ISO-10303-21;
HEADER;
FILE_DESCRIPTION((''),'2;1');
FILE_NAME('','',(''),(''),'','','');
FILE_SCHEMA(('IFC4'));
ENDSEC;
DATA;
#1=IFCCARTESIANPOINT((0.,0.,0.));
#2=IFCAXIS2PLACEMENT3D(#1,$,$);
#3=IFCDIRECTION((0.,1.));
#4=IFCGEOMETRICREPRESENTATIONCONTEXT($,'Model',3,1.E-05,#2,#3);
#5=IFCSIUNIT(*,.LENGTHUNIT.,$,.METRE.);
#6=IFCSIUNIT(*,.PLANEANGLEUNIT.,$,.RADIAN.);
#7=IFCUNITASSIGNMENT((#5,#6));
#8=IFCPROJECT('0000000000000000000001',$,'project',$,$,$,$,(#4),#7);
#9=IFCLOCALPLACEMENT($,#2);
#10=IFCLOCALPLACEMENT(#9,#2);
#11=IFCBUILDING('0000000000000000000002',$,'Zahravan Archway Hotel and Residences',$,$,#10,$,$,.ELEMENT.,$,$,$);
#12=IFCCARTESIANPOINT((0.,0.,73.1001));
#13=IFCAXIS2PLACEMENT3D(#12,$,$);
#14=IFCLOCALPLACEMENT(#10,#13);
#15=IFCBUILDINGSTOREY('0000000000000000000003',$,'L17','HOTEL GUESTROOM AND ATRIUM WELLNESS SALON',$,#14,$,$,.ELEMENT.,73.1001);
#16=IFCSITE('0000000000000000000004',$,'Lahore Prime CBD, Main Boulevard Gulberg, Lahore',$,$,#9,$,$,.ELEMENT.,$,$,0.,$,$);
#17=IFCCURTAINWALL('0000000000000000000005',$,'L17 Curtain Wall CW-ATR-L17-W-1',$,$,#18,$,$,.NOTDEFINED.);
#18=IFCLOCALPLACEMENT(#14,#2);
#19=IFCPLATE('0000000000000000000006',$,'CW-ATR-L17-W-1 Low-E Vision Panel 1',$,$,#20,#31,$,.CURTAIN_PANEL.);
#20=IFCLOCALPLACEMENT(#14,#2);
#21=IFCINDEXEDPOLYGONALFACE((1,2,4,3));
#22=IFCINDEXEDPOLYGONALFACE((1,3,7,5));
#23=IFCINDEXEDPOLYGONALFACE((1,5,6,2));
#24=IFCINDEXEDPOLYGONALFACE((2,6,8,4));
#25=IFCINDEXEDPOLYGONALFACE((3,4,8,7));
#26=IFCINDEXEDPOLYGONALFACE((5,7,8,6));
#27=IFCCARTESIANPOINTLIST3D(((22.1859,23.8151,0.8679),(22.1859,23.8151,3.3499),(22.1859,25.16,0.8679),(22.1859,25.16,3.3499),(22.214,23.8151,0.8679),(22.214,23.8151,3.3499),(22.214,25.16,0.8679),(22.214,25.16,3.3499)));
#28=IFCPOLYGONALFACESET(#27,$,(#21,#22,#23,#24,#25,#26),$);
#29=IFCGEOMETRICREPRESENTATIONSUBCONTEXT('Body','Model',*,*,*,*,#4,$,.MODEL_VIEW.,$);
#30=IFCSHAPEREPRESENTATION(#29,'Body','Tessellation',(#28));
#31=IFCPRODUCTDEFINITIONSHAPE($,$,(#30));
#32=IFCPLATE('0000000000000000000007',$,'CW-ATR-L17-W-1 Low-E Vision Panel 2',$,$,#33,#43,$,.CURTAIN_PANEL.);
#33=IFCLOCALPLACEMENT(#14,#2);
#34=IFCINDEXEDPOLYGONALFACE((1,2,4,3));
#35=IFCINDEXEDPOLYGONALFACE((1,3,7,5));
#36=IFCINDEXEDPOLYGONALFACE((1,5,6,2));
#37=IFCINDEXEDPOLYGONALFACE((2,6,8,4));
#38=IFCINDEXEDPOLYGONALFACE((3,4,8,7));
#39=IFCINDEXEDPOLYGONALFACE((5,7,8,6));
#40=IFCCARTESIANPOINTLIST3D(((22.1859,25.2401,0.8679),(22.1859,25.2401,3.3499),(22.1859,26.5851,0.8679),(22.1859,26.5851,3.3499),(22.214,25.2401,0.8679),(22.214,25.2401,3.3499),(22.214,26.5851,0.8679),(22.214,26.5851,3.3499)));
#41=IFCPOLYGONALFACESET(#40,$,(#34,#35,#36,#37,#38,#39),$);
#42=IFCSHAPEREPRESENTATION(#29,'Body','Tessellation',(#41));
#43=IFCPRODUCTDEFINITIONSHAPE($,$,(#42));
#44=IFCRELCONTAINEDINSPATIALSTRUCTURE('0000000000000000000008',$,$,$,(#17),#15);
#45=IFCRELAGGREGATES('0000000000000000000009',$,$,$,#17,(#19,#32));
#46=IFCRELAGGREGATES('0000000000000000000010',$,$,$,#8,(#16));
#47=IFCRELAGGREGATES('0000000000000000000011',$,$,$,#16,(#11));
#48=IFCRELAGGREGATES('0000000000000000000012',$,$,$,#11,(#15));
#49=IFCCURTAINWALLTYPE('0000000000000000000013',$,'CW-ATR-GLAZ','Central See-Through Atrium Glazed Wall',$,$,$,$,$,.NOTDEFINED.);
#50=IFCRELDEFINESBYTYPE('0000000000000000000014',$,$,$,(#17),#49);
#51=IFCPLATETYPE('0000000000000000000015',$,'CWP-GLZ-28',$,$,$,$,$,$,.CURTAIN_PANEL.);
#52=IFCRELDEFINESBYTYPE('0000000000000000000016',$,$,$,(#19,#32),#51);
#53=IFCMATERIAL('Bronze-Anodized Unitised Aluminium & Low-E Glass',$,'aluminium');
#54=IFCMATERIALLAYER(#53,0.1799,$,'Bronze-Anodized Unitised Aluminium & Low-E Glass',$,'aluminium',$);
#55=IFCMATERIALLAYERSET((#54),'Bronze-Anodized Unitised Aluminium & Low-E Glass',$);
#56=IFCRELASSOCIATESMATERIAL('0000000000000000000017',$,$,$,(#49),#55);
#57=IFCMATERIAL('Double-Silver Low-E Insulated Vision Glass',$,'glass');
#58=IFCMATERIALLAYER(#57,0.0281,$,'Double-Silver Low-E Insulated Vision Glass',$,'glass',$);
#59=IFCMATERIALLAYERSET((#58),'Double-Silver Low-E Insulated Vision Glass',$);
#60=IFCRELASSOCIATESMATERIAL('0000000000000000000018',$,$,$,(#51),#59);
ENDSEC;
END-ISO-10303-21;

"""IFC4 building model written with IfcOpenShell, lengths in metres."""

from ifc_helpers import new_model, si_unit, direction, frame, origin, origin_2d, place, context, subcontext, project, spatial, rectangle, extrude, source, transform, mapped, material, layer, layer_set, type_object, element, aggregate, save


model = new_model("IFC4")

# Units and contexts
model_context = context("Model", 3, precision=1e-05, world=origin(), true_north=direction((0.0, 1.0)))
body_context = subcontext(model_context, "Body", "Model", "MODEL_VIEW")
ifc_project = project(units=[si_unit("LENGTHUNIT", "METRE"), si_unit("PLANEANGLEUNIT", "RADIAN")], contexts=[model_context])

# Site, building, storey
site_placement = place(None, origin())
site = spatial("IfcSite", under=ifc_project, at=site_placement, Name="Lahore Prime CBD, Main Boulevard Gulberg, Lahore", CompositionType="ELEMENT", RefElevation=0.0)
building_placement = place(site_placement, origin())
building = spatial("IfcBuilding", under=site, at=building_placement, Name="Zahravan Archway Hotel and Residences", CompositionType="ELEMENT")
storey_placement = place(building_placement, frame((0.0, 0.0, 73.1001)))
storey = spatial("IfcBuildingStorey", under=building, at=storey_placement, Name="L17", Description="HOTEL GUESTROOM AND ATRIUM WELLNESS SALON", CompositionType="ELEMENT", Elevation=73.1001)

# Curtain wall
ifc_material_1 = material(Name="Bronze-Anodized Unitised Aluminium & Low-E Glass", Category="aluminium")
ifc_layer_1 = layer(ifc_material_1, 0.1799, Name="Bronze-Anodized Unitised Aluminium & Low-E Glass", Category="aluminium")
ifc_layer_set_1 = layer_set([ifc_layer_1], Name="Bronze-Anodized Unitised Aluminium & Low-E Glass")
curtain_wall_type = type_object("IfcCurtainWallType", Name="CW-ATR-GLAZ", Description="Central See-Through Atrium Glazed Wall", PredefinedType="NOTDEFINED", material=ifc_layer_set_1)
curtain_wall_1_placement = place(storey_placement, origin())
curtain_wall_1 = element("IfcCurtainWall", 1, at=curtain_wall_1_placement, inside=storey, type_object=curtain_wall_type, Name="L17 Curtain Wall CW-ATR-L17-W-1", PredefinedType="NOTDEFINED")

# Plates
ifc_material_2 = material(Name="Double-Silver Low-E Insulated Vision Glass", Category="glass")
ifc_layer_2 = layer(ifc_material_2, 0.0281, Name="Double-Silver Low-E Insulated Vision Glass", Category="glass")
ifc_layer_set_2 = layer_set([ifc_layer_2], Name="Double-Silver Low-E Insulated Vision Glass")
plate_type_1 = type_object("IfcPlateType", Name="CWP-GLZ-28", PredefinedType="CURTAIN_PANEL", material=ifc_layer_set_2)
shared_shape_1 = source(origin(), body_context, "Body", "SweptSolid", [
    extrude(rectangle(XDim=1.345, YDim=0.0281, at=origin_2d()), origin(), (0.0, 0.0, 1.0), 2.4819),
])
plate_1_placement = place(storey_placement, frame((22.2, 24.4875, 0.8679), z_axis=(0.0, 0.0, 1.0), x_axis=(0.0, 1.0, 0.0)))
plate_1 = element("IfcPlate", 2, at=plate_1_placement, type_object=plate_type_1, Name="CW-ATR-L17-W-1 Low-E Vision Panel 1", PredefinedType="CURTAIN_PANEL", context=body_context, shape_type="MappedRepresentation", body=[
    mapped(shared_shape_1, transform((0.0, 0.0, 0.0), scale=1.0)),
])
plate_2_placement = place(storey_placement, frame((22.2, 25.9126, 0.8679), z_axis=(0.0, 0.0, 1.0), x_axis=(0.0, 1.0, 0.0)))
plate_2 = element("IfcPlate", 3, at=plate_2_placement, type_object=plate_type_1, Name="CW-ATR-L17-W-1 Low-E Vision Panel 2", PredefinedType="CURTAIN_PANEL", context=body_context, shape_type="MappedRepresentation", body=[
    mapped(shared_shape_1, transform((0.0, 0.0, 0.0), scale=1.0)),
])
aggregate(curtain_wall_1, [plate_1, plate_2])

save(model, "model.ifc")
